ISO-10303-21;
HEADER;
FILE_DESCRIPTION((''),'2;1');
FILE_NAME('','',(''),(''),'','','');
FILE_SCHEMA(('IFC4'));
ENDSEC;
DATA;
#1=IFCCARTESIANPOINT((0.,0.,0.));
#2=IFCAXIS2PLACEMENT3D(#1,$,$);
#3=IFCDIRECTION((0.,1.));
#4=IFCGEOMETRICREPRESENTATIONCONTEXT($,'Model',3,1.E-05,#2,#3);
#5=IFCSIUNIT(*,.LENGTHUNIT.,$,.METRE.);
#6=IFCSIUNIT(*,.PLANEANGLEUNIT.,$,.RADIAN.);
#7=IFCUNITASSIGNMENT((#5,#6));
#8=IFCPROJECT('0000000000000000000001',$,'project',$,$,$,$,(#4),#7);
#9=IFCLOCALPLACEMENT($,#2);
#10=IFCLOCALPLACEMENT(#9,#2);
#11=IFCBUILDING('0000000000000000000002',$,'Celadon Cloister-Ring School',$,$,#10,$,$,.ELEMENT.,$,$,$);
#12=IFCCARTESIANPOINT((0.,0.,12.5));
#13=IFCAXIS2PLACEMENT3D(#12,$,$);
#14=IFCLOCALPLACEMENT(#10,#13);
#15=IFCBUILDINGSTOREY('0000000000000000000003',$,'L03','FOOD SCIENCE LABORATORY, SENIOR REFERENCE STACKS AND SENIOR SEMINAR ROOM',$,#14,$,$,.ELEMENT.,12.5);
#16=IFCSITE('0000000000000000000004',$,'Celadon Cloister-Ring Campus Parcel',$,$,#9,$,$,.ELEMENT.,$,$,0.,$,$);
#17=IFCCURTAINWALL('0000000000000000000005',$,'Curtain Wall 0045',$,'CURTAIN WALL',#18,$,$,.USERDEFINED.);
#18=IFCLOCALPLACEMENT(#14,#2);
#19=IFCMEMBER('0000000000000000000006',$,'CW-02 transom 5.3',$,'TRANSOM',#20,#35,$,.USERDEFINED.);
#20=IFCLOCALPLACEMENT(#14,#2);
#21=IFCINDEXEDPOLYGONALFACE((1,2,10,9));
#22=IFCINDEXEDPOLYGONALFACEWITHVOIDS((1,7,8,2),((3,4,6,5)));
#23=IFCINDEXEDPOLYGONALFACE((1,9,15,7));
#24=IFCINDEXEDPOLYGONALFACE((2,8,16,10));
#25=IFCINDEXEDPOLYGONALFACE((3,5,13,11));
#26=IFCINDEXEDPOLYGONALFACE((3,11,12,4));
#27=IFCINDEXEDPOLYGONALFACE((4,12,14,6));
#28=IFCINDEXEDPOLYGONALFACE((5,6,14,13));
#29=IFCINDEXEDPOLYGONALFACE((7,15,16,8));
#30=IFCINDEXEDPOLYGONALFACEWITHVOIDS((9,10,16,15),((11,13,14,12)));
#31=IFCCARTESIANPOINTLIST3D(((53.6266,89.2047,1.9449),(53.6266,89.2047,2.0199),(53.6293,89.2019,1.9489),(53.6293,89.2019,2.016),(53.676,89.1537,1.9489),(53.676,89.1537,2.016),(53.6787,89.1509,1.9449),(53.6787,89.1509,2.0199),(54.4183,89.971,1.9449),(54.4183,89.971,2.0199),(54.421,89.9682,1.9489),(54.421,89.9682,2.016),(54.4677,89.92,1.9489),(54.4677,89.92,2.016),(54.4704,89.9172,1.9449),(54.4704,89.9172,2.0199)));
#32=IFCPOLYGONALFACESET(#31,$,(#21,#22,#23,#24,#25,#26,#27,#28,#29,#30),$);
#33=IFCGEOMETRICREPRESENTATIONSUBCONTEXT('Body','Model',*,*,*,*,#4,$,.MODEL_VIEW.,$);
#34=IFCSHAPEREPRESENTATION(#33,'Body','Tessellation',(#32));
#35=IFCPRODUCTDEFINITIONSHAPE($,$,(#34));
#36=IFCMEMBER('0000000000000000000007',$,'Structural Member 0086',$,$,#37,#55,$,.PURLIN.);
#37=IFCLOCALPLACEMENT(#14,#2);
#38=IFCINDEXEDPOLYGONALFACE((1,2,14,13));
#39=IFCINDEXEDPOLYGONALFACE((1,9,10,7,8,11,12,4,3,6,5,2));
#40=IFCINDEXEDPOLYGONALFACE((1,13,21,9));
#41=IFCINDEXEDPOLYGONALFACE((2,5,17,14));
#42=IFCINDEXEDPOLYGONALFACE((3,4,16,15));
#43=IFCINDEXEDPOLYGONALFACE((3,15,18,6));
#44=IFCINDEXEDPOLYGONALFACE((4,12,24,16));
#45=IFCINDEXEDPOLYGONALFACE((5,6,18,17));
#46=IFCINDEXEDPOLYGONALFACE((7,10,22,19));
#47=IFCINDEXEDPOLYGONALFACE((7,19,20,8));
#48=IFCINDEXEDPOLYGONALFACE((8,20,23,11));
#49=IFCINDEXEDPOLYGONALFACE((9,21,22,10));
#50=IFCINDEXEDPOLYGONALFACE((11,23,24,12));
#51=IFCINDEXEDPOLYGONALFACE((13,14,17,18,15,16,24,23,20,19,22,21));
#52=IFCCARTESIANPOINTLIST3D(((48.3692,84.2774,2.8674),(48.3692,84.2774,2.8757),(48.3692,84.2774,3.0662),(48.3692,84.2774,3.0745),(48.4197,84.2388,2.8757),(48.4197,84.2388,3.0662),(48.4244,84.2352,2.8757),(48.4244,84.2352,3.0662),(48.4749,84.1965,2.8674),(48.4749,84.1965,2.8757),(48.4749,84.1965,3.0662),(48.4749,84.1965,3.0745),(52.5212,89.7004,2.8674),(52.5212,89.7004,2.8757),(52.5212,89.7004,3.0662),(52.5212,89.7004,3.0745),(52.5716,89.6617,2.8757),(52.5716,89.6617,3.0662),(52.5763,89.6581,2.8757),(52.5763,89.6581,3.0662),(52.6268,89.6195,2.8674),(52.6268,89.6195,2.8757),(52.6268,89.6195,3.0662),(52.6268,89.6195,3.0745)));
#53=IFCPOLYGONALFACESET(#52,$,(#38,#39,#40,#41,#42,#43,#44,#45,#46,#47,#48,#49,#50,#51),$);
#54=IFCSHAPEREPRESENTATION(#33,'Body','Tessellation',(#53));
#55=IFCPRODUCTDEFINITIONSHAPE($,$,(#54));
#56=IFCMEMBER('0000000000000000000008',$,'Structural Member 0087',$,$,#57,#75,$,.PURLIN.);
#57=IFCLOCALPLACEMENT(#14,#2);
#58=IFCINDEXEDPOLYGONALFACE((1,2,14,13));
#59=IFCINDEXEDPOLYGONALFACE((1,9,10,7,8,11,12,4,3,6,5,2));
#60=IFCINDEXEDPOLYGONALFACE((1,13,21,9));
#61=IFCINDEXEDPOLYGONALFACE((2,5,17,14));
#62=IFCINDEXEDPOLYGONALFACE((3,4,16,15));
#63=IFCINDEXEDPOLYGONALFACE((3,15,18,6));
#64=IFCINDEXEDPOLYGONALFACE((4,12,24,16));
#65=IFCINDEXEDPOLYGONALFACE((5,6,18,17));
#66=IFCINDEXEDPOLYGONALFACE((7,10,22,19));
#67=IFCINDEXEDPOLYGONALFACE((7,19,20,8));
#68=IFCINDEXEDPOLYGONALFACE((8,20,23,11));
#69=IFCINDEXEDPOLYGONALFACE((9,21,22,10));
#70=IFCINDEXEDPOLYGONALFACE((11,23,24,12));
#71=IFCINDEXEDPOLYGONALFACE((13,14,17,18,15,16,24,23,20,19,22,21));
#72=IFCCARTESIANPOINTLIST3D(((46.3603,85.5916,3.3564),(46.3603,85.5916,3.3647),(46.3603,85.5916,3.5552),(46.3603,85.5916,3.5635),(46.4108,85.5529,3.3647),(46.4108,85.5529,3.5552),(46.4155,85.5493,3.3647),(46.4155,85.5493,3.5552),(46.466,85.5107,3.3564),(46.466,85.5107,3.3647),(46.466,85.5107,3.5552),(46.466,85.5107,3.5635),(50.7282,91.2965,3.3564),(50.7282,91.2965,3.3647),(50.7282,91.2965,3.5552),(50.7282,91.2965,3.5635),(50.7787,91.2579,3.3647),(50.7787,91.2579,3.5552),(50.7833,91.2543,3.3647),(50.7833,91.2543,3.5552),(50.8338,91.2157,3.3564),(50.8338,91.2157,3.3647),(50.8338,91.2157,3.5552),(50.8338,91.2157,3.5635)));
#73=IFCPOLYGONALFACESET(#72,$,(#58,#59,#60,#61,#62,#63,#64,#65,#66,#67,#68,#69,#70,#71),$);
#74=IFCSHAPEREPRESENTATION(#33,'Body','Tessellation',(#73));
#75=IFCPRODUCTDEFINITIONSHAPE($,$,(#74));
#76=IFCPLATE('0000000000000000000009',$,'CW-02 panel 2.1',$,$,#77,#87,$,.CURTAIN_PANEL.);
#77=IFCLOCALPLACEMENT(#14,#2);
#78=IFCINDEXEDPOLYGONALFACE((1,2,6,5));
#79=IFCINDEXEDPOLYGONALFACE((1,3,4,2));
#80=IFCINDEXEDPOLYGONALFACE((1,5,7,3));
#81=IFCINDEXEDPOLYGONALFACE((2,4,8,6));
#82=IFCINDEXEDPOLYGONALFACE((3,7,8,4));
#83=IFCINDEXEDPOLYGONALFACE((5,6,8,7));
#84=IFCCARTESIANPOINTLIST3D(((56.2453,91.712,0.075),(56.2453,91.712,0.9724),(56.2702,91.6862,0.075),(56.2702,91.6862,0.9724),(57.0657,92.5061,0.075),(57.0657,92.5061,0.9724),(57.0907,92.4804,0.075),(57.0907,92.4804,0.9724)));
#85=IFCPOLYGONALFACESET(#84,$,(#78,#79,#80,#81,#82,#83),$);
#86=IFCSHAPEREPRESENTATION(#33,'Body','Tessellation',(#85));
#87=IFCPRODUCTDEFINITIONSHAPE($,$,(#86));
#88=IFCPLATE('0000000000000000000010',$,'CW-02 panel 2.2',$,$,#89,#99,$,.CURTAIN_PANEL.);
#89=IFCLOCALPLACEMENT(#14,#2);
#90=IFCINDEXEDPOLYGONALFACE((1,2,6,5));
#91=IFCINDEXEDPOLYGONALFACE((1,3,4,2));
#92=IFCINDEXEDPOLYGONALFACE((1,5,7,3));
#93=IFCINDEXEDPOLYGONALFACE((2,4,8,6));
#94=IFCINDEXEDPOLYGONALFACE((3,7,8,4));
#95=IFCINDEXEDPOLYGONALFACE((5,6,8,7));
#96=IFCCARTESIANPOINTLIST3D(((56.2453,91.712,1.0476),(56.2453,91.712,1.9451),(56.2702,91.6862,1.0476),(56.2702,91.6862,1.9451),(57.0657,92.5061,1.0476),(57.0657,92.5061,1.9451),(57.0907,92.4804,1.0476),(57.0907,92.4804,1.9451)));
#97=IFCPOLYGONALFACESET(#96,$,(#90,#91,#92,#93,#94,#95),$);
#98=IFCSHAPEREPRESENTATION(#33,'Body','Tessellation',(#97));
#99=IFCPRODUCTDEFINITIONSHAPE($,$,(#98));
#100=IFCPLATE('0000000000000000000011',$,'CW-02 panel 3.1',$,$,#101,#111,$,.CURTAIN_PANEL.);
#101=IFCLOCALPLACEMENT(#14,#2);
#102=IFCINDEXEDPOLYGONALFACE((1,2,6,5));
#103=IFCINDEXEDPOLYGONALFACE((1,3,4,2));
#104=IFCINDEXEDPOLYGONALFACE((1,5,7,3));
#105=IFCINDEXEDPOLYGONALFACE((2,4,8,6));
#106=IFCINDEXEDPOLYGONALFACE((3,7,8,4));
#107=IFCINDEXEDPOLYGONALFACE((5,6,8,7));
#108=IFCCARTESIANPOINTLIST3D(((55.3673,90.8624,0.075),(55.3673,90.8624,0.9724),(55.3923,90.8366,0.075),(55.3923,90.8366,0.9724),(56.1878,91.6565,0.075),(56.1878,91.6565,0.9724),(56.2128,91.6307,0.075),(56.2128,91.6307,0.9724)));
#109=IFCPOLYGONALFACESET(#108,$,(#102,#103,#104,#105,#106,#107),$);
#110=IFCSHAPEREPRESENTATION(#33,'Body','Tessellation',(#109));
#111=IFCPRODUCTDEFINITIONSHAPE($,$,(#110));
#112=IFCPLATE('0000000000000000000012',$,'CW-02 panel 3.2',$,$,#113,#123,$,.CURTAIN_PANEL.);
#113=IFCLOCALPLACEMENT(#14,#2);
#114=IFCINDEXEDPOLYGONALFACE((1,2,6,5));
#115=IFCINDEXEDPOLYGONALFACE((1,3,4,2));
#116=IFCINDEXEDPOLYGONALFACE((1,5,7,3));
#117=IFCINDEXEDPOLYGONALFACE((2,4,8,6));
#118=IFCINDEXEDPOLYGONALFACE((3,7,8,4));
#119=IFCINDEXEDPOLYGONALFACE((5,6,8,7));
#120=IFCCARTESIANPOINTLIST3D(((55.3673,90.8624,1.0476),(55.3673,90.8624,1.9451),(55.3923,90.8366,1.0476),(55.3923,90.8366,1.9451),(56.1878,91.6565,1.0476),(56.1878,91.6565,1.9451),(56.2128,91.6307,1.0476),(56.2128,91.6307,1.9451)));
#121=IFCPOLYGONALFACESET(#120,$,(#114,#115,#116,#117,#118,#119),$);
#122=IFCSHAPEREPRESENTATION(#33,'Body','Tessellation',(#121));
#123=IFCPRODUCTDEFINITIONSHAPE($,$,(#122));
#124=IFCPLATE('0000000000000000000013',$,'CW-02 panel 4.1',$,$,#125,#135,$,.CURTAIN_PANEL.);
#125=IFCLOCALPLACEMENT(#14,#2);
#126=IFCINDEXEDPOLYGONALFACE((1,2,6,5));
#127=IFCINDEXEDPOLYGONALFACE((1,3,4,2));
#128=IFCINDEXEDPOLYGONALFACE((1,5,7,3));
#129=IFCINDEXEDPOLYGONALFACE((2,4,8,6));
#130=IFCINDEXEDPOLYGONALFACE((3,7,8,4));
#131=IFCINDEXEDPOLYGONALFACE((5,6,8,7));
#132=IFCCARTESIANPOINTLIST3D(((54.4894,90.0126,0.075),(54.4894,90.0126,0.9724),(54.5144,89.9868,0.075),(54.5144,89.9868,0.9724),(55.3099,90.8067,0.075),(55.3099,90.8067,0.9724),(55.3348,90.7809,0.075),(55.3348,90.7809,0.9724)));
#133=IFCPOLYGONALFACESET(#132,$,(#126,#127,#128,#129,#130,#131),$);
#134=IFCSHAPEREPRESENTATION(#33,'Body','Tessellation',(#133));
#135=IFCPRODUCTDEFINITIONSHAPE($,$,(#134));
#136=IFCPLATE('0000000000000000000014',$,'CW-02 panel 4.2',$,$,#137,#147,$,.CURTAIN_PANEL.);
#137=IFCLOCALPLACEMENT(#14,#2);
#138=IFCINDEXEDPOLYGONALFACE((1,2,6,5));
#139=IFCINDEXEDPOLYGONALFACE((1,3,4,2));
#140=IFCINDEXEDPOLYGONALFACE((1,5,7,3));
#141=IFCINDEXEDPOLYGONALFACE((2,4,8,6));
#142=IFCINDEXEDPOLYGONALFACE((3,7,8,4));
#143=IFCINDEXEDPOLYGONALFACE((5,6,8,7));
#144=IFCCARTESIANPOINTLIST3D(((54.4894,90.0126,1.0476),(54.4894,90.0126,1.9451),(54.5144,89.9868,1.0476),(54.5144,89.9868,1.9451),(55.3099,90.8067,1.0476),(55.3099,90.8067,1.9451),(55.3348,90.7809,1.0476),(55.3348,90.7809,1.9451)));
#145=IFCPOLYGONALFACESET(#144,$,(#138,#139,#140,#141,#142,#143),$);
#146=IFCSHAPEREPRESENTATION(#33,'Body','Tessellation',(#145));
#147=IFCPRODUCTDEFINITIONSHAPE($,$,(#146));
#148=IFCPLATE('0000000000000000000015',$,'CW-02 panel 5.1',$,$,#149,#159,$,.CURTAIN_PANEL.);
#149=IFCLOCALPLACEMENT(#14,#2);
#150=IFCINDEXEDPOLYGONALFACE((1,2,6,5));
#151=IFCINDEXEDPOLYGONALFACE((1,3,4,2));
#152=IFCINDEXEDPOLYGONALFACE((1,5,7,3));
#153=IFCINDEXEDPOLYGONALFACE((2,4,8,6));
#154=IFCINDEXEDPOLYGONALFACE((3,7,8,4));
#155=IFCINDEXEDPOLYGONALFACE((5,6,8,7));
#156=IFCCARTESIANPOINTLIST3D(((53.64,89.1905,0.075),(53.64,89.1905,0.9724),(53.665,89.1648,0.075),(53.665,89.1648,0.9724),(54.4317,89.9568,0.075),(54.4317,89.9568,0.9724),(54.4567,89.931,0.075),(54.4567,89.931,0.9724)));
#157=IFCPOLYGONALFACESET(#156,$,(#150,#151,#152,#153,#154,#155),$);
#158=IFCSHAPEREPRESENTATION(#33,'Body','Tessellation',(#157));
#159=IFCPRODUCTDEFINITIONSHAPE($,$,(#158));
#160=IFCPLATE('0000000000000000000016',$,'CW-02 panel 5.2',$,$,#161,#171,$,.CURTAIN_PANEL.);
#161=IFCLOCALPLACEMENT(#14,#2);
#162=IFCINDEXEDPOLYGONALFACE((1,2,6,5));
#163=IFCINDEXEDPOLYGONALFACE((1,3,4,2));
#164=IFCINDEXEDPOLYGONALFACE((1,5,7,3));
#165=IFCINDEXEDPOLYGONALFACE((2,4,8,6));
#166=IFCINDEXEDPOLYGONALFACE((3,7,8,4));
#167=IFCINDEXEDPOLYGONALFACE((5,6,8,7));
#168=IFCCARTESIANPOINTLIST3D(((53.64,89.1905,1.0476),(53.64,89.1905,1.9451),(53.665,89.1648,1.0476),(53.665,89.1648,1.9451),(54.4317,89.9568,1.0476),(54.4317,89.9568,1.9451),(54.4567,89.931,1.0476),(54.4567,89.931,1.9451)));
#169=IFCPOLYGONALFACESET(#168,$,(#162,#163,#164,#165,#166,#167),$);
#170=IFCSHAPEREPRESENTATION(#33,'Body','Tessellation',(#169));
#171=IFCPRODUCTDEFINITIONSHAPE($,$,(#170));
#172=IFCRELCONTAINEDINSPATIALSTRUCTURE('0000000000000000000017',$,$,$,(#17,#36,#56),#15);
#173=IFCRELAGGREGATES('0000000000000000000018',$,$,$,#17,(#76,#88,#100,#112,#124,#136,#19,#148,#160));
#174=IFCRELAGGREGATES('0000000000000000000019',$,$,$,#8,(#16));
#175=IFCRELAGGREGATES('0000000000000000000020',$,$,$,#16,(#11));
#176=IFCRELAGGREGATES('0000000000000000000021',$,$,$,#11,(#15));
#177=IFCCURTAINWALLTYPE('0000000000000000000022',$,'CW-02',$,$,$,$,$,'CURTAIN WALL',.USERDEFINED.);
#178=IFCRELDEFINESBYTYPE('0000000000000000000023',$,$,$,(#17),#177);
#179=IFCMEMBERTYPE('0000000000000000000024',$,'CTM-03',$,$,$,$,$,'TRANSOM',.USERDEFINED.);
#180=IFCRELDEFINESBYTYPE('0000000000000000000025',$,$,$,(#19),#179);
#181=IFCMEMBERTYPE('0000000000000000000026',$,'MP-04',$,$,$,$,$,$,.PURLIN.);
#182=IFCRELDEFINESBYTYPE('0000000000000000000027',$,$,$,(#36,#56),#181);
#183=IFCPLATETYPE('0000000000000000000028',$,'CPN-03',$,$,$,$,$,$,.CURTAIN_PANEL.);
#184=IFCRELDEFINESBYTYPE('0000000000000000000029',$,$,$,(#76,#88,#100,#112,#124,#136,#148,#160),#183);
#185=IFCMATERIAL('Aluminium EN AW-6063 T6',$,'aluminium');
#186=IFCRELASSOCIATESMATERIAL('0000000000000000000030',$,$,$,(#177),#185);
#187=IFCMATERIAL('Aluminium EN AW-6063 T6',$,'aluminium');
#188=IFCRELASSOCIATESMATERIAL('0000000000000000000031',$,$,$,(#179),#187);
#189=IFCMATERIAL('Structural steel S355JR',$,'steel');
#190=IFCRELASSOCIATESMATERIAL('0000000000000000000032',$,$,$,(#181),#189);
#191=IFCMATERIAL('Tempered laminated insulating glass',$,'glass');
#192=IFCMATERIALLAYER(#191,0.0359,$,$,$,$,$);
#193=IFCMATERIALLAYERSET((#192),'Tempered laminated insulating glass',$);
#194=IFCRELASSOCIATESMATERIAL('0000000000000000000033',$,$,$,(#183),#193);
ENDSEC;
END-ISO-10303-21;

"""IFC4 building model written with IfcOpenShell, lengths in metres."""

from ifc_helpers import new_model, si_unit, direction, frame, origin, origin_2d, place, context, subcontext, project, spatial, rectangle, hollow_rectangle, i_section, extrude, material, layer, layer_set, material_profile, profile_set, type_object, element, aggregate, save


model = new_model("IFC4")

# Units and contexts
model_context = context("Model", 3, precision=1e-05, world=origin(), true_north=direction((0.0, 1.0)))
body_context = subcontext(model_context, "Body", "Model", "MODEL_VIEW")
ifc_project = project(units=[si_unit("LENGTHUNIT", "METRE"), si_unit("PLANEANGLEUNIT", "RADIAN")], contexts=[model_context])

# Site, building, storey
site_placement = place(None, origin())
site = spatial("IfcSite", under=ifc_project, at=site_placement, Name="Celadon Cloister-Ring Campus Parcel", CompositionType="ELEMENT", RefElevation=0.0)
building_placement = place(site_placement, origin())
building = spatial("IfcBuilding", under=site, at=building_placement, Name="Celadon Cloister-Ring School", CompositionType="ELEMENT")
storey_placement = place(building_placement, frame((0.0, 0.0, 12.5)))
storey = spatial("IfcBuildingStorey", under=building, at=storey_placement, Name="L03", Description="FOOD SCIENCE LABORATORY, SENIOR REFERENCE STACKS AND SENIOR SEMINAR ROOM", CompositionType="ELEMENT", Elevation=12.5)

# Curtain wall, member
ifc_material_1 = material(Name="Aluminium EN AW-6063 T6", Category="aluminium")
curtain_wall_type = type_object("IfcCurtainWallType", Name="CW-02", ElementType="CURTAIN WALL", PredefinedType="USERDEFINED", material=ifc_material_1)
curtain_wall_placement = place(storey_placement, origin())
curtain_wall = element("IfcCurtainWall", 1, at=curtain_wall_placement, inside=storey, type_object=curtain_wall_type, Name="Curtain Wall 0045", ObjectType="CURTAIN WALL", PredefinedType="USERDEFINED")
ifc_material_2 = material(Name="Aluminium EN AW-6063 T6", Category="aluminium")
ifc_material_profile_1 = material_profile(ifc_material_2, hollow_rectangle(XDim=0.075, YDim=0.075, WallThickness=0.0039, at=origin_2d()), Name="RHS75X75X4")
ifc_profile_set_1 = profile_set([ifc_material_profile_1], Name="Aluminium EN AW-6063 T6")
member_type_1 = type_object("IfcMemberType", Name="CTM-03", ElementType="TRANSOM", PredefinedType="USERDEFINED", material=ifc_profile_set_1)
member_1_placement = place(storey_placement, frame((54.4443, 89.9441, 1.9824), z_axis=(-0.718534, -0.695492, 0.0), x_axis=(0.695492, -0.718534, 0.0)))
member_1 = element("IfcMember", 2, at=member_1_placement, type_object=member_type_1, Name="CW-02 transom 5.3", ObjectType="TRANSOM", PredefinedType="USERDEFINED", context=body_context, shape_type="SweptSolid", body=[
    extrude(hollow_rectangle(XDim=0.075, YDim=0.075, WallThickness=0.0039, at=origin_2d()), origin(), (0.0, 0.0, 1.0), 1.1018),
])

# Members
ifc_material_3 = material(Name="Structural steel S355JR", Category="steel")
ifc_material_profile_2 = material_profile(ifc_material_3, i_section(OverallWidth=0.1331, OverallDepth=0.207, WebThickness=0.0059, FlangeThickness=0.0083, at=origin_2d()), Name="W200X27")
ifc_profile_set_2 = profile_set([ifc_material_profile_2], Name="Structural steel S355JR")
member_type_2 = type_object("IfcMemberType", Name="MP-04", PredefinedType="PURLIN", material=ifc_profile_set_2)
member_2_placement = place(storey_placement, frame((52.574, 89.6599, 2.9709), z_axis=(-0.607909, -0.794007, 0.0), x_axis=(0.794007, -0.607909, 0.0)))
element("IfcMember", 3, at=member_2_placement, inside=storey, type_object=member_type_2, Name="Structural Member 0086", PredefinedType="PURLIN", context=body_context, shape_type="SweptSolid", body=[
    extrude(i_section(OverallWidth=0.1331, OverallDepth=0.207, WebThickness=0.0059, FlangeThickness=0.0083, at=origin_2d()), origin(), (0.0, 0.0, 1.0), 6.8298),
])
member_3_placement = place(storey_placement, frame((50.781, 91.2561, 3.46), z_axis=(-0.607908, -0.794008, 0.0), x_axis=(0.794008, -0.607908, 0.0)))
element("IfcMember", 4, at=member_3_placement, inside=storey, type_object=member_type_2, Name="Structural Member 0087", PredefinedType="PURLIN", context=body_context, shape_type="SweptSolid", body=[
    extrude(i_section(OverallWidth=0.1331, OverallDepth=0.207, WebThickness=0.0059, FlangeThickness=0.0083, at=origin_2d()), origin(), (0.0, 0.0, 1.0), 7.1851),
])

# Plates
ifc_material_4 = material(Name="Tempered laminated insulating glass", Category="glass")
ifc_layer_1 = layer(ifc_material_4, 0.0359)
ifc_layer_set_1 = layer_set([ifc_layer_1], Name="Tempered laminated insulating glass")
plate_type = type_object("IfcPlateType", Name="CPN-03", PredefinedType="CURTAIN_PANEL", material=ifc_layer_set_1)
plate_1_placement = place(storey_placement, frame((56.668, 92.0962, 0.075), z_axis=(0.0, 0.0, 1.0), x_axis=(-0.718552, -0.695473, 0.0)))
plate_1 = element("IfcPlate", 5, at=plate_1_placement, type_object=plate_type, Name="CW-02 panel 2.1", PredefinedType="CURTAIN_PANEL", context=body_context, shape_type="SweptSolid", body=[
    extrude(rectangle(XDim=1.1418, YDim=0.0359, at=origin_2d()), origin(), (0.0, 0.0, 1.0), 0.8975),
])
plate_2_placement = place(storey_placement, frame((56.668, 92.0962, 1.0476), z_axis=(0.0, 0.0, 1.0), x_axis=(-0.718552, -0.695473, 0.0)))
plate_2 = element("IfcPlate", 6, at=plate_2_placement, type_object=plate_type, Name="CW-02 panel 2.2", PredefinedType="CURTAIN_PANEL", context=body_context, shape_type="SweptSolid", body=[
    extrude(rectangle(XDim=1.1418, YDim=0.0359, at=origin_2d()), origin(), (0.0, 0.0, 1.0), 0.8975),
])
plate_3_placement = place(storey_placement, frame((55.79, 91.2466, 0.075), z_axis=(0.0, 0.0, 1.0), x_axis=(-0.718552, -0.695473, 0.0)))
plate_3 = element("IfcPlate", 7, at=plate_3_placement, type_object=plate_type, Name="CW-02 panel 3.1", PredefinedType="CURTAIN_PANEL", context=body_context, shape_type="SweptSolid", body=[
    extrude(rectangle(XDim=1.1418, YDim=0.0359, at=origin_2d()), origin(), (0.0, 0.0, 1.0), 0.8975),
])
plate_4_placement = place(storey_placement, frame((55.79, 91.2466, 1.0476), z_axis=(0.0, 0.0, 1.0), x_axis=(-0.718552, -0.695473, 0.0)))
plate_4 = element("IfcPlate", 8, at=plate_4_placement, type_object=plate_type, Name="CW-02 panel 3.2", PredefinedType="CURTAIN_PANEL", context=body_context, shape_type="SweptSolid", body=[
    extrude(rectangle(XDim=1.1418, YDim=0.0359, at=origin_2d()), origin(), (0.0, 0.0, 1.0), 0.8975),
])
plate_5_placement = place(storey_placement, frame((54.9121, 90.3967, 0.075), z_axis=(0.0, 0.0, 1.0), x_axis=(-0.718552, -0.695473, 0.0)))
plate_5 = element("IfcPlate", 9, at=plate_5_placement, type_object=plate_type, Name="CW-02 panel 4.1", PredefinedType="CURTAIN_PANEL", context=body_context, shape_type="SweptSolid", body=[
    extrude(rectangle(XDim=1.1418, YDim=0.0359, at=origin_2d()), origin(), (0.0, 0.0, 1.0), 0.8975),
])
plate_6_placement = place(storey_placement, frame((54.9121, 90.3967, 1.0476), z_axis=(0.0, 0.0, 1.0), x_axis=(-0.718552, -0.695473, 0.0)))
plate_6 = element("IfcPlate", 10, at=plate_6_placement, type_object=plate_type, Name="CW-02 panel 4.2", PredefinedType="CURTAIN_PANEL", context=body_context, shape_type="SweptSolid", body=[
    extrude(rectangle(XDim=1.1418, YDim=0.0359, at=origin_2d()), origin(), (0.0, 0.0, 1.0), 0.8975),
])
plate_7_placement = place(storey_placement, frame((54.0483, 89.5608, 0.075), z_axis=(0.0, 0.0, 1.0), x_axis=(-0.718552, -0.695473, 0.0)))
plate_7 = element("IfcPlate", 11, at=plate_7_placement, type_object=plate_type, Name="CW-02 panel 5.1", PredefinedType="CURTAIN_PANEL", context=body_context, shape_type="SweptSolid", body=[
    extrude(rectangle(XDim=1.1018, YDim=0.0359, at=origin_2d()), origin(), (0.0, 0.0, 1.0), 0.8975),
])
plate_8_placement = place(storey_placement, frame((54.0483, 89.5608, 1.0476), z_axis=(0.0, 0.0, 1.0), x_axis=(-0.718552, -0.695473, 0.0)))
plate_8 = element("IfcPlate", 12, at=plate_8_placement, type_object=plate_type, Name="CW-02 panel 5.2", PredefinedType="CURTAIN_PANEL", context=body_context, shape_type="SweptSolid", body=[
    extrude(rectangle(XDim=1.1018, YDim=0.0359, at=origin_2d()), origin(), (0.0, 0.0, 1.0), 0.8975),
])
aggregate(curtain_wall, [plate_1, plate_2, plate_3, plate_4, plate_5, plate_6, member_1, plate_7, plate_8])

save(model, "model.ifc")
